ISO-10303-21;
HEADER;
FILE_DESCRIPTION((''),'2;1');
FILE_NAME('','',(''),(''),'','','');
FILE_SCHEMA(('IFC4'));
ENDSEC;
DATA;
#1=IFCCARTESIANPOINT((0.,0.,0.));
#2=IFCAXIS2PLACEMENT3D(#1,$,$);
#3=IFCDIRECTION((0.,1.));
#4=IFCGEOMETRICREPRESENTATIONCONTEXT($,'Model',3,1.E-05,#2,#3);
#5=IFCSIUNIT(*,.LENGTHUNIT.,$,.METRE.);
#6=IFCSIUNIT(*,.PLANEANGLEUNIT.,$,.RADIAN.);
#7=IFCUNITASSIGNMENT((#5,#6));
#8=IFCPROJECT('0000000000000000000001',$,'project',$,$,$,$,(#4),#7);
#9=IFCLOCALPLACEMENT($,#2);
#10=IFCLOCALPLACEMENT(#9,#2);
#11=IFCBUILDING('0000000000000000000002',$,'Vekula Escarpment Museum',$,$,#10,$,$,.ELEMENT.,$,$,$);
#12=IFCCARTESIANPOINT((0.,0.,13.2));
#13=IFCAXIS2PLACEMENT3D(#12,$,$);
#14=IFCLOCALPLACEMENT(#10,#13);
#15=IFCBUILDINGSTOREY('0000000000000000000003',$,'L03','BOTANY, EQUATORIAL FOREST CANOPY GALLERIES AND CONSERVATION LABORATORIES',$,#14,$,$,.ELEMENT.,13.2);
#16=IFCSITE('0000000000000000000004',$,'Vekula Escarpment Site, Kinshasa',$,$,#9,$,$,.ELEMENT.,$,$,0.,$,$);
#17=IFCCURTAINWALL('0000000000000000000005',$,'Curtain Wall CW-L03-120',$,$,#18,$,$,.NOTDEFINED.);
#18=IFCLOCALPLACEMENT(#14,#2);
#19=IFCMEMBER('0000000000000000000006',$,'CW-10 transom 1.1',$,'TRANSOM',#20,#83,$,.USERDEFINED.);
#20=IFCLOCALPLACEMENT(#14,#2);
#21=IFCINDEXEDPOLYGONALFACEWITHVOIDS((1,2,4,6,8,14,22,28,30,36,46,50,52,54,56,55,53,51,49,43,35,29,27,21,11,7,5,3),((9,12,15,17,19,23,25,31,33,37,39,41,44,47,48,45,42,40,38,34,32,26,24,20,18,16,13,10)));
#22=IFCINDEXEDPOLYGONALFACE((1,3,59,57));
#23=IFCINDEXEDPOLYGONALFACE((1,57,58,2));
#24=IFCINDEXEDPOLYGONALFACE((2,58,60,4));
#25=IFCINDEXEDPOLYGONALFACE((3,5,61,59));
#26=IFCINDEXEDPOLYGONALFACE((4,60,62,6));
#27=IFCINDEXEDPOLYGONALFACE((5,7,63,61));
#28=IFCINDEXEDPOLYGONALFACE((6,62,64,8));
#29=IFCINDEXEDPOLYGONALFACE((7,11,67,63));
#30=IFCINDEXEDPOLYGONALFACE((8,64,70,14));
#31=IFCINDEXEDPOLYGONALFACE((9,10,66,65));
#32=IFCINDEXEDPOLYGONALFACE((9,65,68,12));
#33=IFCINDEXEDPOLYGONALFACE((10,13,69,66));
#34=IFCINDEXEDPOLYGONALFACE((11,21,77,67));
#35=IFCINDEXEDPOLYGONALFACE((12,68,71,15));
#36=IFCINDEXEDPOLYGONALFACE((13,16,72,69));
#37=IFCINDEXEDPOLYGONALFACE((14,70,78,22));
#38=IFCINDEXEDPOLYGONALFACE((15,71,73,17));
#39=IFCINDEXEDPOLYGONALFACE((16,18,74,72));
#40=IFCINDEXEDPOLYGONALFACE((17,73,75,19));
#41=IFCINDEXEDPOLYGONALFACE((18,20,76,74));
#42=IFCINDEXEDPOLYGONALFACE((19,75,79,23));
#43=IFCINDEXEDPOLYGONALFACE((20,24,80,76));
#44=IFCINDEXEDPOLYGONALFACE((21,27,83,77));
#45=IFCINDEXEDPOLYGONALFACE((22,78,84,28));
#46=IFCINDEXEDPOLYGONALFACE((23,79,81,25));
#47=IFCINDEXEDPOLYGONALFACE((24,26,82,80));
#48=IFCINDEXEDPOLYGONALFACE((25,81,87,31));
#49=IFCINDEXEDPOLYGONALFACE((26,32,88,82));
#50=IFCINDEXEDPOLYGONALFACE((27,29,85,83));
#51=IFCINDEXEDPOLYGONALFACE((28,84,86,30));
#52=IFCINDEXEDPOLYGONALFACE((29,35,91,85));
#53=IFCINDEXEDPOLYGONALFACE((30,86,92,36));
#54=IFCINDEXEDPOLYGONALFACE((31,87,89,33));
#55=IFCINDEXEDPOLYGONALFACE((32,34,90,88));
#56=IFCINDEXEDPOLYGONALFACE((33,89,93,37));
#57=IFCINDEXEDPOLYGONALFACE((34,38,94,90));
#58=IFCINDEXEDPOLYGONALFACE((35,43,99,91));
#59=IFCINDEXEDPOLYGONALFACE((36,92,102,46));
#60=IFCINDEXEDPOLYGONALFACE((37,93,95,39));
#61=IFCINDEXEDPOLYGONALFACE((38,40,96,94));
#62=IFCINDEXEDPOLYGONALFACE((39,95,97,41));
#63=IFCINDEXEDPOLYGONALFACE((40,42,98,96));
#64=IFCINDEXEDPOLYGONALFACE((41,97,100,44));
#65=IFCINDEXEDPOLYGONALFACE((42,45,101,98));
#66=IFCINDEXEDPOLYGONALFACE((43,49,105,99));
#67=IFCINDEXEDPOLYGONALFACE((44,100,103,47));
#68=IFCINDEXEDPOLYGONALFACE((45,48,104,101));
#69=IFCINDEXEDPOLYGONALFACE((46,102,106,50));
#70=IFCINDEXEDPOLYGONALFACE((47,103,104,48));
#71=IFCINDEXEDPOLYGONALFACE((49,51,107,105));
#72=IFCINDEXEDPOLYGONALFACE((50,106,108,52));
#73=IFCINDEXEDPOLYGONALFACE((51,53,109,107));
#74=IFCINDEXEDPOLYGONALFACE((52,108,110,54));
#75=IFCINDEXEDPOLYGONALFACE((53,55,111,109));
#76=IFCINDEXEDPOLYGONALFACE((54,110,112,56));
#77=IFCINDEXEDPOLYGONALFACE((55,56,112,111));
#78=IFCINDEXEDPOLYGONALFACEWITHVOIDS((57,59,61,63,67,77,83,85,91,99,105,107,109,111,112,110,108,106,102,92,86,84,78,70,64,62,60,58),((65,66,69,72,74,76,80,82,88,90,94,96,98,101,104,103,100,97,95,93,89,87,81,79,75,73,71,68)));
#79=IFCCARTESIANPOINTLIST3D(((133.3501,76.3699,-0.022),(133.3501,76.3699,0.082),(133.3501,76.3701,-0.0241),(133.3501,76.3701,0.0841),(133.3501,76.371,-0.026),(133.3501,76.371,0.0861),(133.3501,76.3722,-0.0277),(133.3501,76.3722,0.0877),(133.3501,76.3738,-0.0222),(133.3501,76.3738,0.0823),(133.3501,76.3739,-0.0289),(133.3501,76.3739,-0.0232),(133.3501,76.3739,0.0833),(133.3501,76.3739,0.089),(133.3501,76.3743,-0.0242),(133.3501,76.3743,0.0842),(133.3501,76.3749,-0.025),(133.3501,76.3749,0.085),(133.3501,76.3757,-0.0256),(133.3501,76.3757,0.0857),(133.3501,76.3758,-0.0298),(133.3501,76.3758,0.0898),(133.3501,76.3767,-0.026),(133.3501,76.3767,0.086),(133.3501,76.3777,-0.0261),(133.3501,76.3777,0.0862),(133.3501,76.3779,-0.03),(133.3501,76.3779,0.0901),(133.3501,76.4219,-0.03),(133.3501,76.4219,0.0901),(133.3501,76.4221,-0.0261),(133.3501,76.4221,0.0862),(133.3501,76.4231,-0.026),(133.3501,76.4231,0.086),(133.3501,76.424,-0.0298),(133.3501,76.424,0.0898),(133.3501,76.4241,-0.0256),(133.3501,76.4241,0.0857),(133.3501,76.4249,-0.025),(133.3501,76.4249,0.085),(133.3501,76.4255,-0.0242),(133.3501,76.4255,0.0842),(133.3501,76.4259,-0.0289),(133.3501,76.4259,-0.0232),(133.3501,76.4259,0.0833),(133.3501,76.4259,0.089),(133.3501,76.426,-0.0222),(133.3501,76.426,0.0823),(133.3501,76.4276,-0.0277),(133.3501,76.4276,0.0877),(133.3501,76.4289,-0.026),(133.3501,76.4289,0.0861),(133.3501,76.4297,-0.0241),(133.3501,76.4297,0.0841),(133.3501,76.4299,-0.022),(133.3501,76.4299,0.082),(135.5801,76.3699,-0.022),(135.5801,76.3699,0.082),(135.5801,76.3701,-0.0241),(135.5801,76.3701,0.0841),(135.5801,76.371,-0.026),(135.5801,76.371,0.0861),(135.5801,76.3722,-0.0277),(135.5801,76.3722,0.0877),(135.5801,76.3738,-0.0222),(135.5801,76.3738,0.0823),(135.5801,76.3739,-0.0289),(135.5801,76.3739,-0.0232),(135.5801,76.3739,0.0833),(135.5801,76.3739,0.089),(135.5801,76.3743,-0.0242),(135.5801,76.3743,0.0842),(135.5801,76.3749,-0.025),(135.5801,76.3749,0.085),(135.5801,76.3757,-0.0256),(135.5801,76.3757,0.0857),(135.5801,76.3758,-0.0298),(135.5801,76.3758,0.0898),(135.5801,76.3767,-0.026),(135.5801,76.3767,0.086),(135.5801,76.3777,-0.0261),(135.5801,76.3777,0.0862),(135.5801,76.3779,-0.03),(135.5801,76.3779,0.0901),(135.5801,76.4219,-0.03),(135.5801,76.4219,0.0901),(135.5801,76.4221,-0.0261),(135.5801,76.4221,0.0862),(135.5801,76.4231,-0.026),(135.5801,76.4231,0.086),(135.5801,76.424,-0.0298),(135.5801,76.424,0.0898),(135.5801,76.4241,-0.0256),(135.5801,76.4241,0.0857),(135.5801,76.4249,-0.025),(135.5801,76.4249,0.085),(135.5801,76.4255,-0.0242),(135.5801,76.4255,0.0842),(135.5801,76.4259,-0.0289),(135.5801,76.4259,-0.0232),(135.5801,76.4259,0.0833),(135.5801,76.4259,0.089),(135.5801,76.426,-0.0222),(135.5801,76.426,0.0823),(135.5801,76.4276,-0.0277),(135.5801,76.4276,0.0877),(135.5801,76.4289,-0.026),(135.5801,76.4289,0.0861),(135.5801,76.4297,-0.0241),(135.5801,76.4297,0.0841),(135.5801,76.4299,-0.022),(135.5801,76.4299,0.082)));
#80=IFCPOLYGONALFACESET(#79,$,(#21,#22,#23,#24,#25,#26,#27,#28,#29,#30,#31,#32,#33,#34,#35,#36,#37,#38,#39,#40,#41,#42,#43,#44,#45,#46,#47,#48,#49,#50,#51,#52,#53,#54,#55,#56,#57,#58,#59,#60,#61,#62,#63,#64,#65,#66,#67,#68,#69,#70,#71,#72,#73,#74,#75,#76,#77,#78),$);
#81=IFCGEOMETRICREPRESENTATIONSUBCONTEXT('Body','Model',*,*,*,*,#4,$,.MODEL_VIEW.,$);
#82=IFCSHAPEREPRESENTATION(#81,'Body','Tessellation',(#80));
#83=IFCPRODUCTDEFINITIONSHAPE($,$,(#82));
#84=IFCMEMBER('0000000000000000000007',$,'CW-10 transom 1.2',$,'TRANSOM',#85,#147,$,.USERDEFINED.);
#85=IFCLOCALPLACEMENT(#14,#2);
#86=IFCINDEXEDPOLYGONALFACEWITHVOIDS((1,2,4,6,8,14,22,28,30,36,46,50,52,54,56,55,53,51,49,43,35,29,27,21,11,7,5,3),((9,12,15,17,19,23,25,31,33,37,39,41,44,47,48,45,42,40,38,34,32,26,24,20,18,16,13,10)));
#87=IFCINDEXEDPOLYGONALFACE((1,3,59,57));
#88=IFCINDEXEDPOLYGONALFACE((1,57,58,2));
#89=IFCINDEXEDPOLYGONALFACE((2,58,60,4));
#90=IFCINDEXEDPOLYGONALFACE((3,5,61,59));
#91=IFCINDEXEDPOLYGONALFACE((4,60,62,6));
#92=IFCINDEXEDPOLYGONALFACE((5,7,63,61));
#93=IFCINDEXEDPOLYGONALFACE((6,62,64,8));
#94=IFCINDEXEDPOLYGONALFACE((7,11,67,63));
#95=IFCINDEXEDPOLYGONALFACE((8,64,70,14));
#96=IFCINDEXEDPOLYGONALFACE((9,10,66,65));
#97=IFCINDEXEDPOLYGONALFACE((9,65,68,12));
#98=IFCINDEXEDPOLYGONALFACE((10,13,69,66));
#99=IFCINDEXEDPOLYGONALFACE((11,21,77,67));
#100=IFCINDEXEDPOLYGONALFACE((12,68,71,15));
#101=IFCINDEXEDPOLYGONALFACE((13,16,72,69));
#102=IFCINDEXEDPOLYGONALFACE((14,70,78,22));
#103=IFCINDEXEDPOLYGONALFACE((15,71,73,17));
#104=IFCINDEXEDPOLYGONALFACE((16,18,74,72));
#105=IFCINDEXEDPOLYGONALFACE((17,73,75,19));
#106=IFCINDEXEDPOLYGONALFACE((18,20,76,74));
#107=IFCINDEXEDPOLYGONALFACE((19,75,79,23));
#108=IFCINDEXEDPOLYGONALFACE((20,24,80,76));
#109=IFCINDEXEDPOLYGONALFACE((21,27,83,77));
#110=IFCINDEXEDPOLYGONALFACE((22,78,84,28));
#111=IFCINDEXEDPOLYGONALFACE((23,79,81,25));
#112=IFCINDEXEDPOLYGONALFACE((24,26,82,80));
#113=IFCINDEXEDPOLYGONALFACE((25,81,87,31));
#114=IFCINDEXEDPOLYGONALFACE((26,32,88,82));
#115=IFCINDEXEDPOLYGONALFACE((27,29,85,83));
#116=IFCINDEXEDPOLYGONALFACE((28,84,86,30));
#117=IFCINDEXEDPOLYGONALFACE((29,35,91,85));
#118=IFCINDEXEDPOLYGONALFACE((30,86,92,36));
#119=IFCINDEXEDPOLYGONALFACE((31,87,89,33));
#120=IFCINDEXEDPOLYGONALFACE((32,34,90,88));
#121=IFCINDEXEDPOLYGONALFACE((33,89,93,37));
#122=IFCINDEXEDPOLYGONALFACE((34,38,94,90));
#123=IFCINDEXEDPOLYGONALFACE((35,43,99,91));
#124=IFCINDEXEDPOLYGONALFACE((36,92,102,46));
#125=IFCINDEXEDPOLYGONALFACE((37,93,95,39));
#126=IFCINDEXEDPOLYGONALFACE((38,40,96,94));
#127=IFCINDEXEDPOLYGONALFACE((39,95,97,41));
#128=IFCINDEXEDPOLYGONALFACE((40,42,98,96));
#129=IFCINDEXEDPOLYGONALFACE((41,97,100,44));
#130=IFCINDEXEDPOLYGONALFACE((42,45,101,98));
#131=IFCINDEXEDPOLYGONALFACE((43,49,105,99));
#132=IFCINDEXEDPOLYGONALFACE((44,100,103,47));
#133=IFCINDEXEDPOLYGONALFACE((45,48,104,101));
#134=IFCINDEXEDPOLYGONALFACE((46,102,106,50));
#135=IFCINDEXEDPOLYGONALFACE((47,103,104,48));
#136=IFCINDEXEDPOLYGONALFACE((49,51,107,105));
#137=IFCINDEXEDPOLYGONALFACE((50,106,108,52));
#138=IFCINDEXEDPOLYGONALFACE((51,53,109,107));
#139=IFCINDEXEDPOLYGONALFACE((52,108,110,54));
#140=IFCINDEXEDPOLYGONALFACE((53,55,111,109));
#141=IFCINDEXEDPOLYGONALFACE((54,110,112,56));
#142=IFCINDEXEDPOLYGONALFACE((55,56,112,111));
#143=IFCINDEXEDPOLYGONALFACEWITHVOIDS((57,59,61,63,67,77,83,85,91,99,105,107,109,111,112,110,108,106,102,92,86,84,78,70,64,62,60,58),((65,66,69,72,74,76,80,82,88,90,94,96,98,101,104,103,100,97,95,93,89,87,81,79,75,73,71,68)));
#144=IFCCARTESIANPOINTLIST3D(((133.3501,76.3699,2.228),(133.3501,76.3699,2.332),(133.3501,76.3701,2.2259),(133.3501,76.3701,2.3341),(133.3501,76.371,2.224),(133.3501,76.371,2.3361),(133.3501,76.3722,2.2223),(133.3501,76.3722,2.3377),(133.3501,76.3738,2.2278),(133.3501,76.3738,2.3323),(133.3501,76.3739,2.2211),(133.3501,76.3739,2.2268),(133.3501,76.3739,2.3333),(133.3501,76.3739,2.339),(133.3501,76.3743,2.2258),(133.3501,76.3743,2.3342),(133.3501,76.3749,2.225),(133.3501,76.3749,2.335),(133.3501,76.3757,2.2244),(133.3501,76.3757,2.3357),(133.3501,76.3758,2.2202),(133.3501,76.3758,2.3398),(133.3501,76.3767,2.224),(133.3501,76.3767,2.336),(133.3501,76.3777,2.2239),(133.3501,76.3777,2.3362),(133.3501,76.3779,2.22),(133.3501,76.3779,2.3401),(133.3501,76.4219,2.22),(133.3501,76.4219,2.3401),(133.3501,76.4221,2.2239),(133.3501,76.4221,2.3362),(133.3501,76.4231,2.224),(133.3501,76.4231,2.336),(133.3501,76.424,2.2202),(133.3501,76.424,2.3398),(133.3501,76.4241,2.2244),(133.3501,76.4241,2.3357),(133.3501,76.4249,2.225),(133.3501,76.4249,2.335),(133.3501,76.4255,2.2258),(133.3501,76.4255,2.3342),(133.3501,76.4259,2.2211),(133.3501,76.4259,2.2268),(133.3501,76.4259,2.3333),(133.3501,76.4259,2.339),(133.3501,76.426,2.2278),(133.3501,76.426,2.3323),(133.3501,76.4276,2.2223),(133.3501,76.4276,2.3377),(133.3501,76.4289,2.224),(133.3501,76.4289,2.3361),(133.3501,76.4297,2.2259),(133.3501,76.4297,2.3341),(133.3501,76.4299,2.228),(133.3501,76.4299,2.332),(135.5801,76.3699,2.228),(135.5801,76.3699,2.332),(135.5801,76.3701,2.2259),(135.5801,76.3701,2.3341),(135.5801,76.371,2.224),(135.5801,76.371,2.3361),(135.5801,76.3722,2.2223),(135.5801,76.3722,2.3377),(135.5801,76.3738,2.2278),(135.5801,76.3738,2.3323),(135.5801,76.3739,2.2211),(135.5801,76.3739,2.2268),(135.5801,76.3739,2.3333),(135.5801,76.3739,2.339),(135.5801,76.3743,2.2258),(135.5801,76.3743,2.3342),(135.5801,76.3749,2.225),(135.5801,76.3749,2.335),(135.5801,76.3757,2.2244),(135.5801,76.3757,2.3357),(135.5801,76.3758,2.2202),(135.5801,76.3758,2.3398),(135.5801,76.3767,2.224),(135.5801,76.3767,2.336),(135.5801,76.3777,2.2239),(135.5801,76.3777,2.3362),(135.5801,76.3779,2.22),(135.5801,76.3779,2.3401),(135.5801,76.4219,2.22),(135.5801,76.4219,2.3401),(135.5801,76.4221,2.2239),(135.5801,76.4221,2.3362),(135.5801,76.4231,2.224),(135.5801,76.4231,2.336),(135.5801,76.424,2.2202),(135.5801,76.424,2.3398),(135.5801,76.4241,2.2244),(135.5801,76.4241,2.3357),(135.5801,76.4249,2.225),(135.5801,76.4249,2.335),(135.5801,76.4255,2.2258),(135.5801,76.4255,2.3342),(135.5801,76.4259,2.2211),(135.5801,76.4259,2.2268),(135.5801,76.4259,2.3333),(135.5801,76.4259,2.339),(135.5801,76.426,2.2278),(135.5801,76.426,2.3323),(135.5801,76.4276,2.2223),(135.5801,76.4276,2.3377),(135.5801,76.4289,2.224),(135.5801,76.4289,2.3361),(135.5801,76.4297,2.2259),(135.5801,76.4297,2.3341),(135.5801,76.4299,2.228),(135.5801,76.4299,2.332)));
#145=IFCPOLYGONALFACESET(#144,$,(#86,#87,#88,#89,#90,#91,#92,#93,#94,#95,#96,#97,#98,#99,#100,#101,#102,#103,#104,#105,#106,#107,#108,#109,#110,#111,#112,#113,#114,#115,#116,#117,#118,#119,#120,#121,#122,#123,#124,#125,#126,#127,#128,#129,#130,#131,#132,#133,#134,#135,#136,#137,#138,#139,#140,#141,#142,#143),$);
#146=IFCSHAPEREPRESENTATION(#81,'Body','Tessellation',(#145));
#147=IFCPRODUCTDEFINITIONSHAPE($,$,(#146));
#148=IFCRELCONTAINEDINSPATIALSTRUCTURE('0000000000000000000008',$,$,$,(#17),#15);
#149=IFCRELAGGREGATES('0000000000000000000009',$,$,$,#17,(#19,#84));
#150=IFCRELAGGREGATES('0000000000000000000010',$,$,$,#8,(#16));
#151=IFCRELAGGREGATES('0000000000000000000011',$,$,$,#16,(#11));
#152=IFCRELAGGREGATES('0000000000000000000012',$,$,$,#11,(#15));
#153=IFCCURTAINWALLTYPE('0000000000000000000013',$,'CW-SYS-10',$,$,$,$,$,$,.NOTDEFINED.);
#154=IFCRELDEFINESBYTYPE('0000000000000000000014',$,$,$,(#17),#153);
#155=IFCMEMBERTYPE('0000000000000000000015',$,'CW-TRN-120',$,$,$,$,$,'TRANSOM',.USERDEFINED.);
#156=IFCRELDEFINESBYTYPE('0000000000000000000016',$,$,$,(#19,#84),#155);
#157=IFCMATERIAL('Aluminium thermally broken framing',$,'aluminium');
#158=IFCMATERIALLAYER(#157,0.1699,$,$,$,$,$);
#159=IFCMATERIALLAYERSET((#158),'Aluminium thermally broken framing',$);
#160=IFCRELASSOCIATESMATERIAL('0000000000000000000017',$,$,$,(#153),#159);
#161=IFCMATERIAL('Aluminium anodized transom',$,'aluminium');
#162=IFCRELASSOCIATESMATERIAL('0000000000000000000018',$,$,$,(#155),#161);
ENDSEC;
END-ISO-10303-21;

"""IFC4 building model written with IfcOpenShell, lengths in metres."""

from ifc_helpers import new_model, si_unit, direction, frame, origin, origin_2d, place, context, subcontext, project, spatial, hollow_rectangle, extrude, material, layer, layer_set, material_profile, profile_set, type_object, element, aggregate, save


model = new_model("IFC4")

# Units and contexts
model_context = context("Model", 3, precision=1e-05, world=origin(), true_north=direction((0.0, 1.0)))
body_context = subcontext(model_context, "Body", "Model", "MODEL_VIEW")
ifc_project = project(units=[si_unit("LENGTHUNIT", "METRE"), si_unit("PLANEANGLEUNIT", "RADIAN")], contexts=[model_context])

# Site, building, storey
site_placement = place(None, origin())
site = spatial("IfcSite", under=ifc_project, at=site_placement, Name="Vekula Escarpment Site, Kinshasa", CompositionType="ELEMENT", RefElevation=0.0)
building_placement = place(site_placement, origin())
building = spatial("IfcBuilding", under=site, at=building_placement, Name="Vekula Escarpment Museum", CompositionType="ELEMENT")
storey_placement = place(building_placement, frame((0.0, 0.0, 13.2)))
storey = spatial("IfcBuildingStorey", under=building, at=storey_placement, Name="L03", Description="BOTANY, EQUATORIAL FOREST CANOPY GALLERIES AND CONSERVATION LABORATORIES", CompositionType="ELEMENT", Elevation=13.2)

# Curtain wall
ifc_material_1 = material(Name="Aluminium thermally broken framing", Category="aluminium")
ifc_layer_1 = layer(ifc_material_1, 0.1699)
ifc_layer_set_1 = layer_set([ifc_layer_1], Name="Aluminium thermally broken framing")
curtain_wall_type_1 = type_object("IfcCurtainWallType", Name="CW-SYS-10", PredefinedType="NOTDEFINED", material=ifc_layer_set_1)
curtain_wall_1_placement = place(storey_placement, origin())
curtain_wall_1 = element("IfcCurtainWall", 1, at=curtain_wall_1_placement, inside=storey, type_object=curtain_wall_type_1, Name="Curtain Wall CW-L03-120", PredefinedType="NOTDEFINED")

# Members
ifc_material_2 = material(Name="Aluminium anodized transom", Category="aluminium")
ifc_material_profile_1 = material_profile(ifc_material_2, hollow_rectangle(XDim=0.0601, YDim=0.1201, WallThickness=0.0039, InnerFilletRadius=0.0039, OuterFilletRadius=0.0081, at=origin_2d()), Name="ALU 120x60x4")
ifc_profile_set_1 = profile_set([ifc_material_profile_1], Name="Aluminium anodized transom")
member_type_1 = type_object("IfcMemberType", Name="CW-TRN-120", ElementType="TRANSOM", PredefinedType="USERDEFINED", material=ifc_profile_set_1)
member_1_placement = place(storey_placement, frame((135.5801, 76.3999, 0.03), z_axis=(-1.0, 0.0, 0.0), x_axis=(0.0, -1.0, 0.0)))
member_1 = element("IfcMember", 2, at=member_1_placement, type_object=member_type_1, Name="CW-10 transom 1.1", ObjectType="TRANSOM", PredefinedType="USERDEFINED", context=body_context, shape_type="SweptSolid", body=[
    extrude(hollow_rectangle(XDim=0.0601, YDim=0.1201, WallThickness=0.0039, InnerFilletRadius=0.0039, OuterFilletRadius=0.0081, at=origin_2d()), origin(), (0.0, 0.0, 1.0), 2.23),
])
member_2_placement = place(storey_placement, frame((135.5801, 76.3999, 2.28), z_axis=(-1.0, 0.0, 0.0), x_axis=(0.0, -1.0, 0.0)))
member_2 = element("IfcMember", 3, at=member_2_placement, type_object=member_type_1, Name="CW-10 transom 1.2", ObjectType="TRANSOM", PredefinedType="USERDEFINED", context=body_context, shape_type="SweptSolid", body=[
    extrude(hollow_rectangle(XDim=0.0601, YDim=0.1201, WallThickness=0.0039, InnerFilletRadius=0.0039, OuterFilletRadius=0.0081, at=origin_2d()), origin(), (0.0, 0.0, 1.0), 2.23),
])

aggregate(curtain_wall_1, [member_1, member_2])

save(model, "model.ifc")
